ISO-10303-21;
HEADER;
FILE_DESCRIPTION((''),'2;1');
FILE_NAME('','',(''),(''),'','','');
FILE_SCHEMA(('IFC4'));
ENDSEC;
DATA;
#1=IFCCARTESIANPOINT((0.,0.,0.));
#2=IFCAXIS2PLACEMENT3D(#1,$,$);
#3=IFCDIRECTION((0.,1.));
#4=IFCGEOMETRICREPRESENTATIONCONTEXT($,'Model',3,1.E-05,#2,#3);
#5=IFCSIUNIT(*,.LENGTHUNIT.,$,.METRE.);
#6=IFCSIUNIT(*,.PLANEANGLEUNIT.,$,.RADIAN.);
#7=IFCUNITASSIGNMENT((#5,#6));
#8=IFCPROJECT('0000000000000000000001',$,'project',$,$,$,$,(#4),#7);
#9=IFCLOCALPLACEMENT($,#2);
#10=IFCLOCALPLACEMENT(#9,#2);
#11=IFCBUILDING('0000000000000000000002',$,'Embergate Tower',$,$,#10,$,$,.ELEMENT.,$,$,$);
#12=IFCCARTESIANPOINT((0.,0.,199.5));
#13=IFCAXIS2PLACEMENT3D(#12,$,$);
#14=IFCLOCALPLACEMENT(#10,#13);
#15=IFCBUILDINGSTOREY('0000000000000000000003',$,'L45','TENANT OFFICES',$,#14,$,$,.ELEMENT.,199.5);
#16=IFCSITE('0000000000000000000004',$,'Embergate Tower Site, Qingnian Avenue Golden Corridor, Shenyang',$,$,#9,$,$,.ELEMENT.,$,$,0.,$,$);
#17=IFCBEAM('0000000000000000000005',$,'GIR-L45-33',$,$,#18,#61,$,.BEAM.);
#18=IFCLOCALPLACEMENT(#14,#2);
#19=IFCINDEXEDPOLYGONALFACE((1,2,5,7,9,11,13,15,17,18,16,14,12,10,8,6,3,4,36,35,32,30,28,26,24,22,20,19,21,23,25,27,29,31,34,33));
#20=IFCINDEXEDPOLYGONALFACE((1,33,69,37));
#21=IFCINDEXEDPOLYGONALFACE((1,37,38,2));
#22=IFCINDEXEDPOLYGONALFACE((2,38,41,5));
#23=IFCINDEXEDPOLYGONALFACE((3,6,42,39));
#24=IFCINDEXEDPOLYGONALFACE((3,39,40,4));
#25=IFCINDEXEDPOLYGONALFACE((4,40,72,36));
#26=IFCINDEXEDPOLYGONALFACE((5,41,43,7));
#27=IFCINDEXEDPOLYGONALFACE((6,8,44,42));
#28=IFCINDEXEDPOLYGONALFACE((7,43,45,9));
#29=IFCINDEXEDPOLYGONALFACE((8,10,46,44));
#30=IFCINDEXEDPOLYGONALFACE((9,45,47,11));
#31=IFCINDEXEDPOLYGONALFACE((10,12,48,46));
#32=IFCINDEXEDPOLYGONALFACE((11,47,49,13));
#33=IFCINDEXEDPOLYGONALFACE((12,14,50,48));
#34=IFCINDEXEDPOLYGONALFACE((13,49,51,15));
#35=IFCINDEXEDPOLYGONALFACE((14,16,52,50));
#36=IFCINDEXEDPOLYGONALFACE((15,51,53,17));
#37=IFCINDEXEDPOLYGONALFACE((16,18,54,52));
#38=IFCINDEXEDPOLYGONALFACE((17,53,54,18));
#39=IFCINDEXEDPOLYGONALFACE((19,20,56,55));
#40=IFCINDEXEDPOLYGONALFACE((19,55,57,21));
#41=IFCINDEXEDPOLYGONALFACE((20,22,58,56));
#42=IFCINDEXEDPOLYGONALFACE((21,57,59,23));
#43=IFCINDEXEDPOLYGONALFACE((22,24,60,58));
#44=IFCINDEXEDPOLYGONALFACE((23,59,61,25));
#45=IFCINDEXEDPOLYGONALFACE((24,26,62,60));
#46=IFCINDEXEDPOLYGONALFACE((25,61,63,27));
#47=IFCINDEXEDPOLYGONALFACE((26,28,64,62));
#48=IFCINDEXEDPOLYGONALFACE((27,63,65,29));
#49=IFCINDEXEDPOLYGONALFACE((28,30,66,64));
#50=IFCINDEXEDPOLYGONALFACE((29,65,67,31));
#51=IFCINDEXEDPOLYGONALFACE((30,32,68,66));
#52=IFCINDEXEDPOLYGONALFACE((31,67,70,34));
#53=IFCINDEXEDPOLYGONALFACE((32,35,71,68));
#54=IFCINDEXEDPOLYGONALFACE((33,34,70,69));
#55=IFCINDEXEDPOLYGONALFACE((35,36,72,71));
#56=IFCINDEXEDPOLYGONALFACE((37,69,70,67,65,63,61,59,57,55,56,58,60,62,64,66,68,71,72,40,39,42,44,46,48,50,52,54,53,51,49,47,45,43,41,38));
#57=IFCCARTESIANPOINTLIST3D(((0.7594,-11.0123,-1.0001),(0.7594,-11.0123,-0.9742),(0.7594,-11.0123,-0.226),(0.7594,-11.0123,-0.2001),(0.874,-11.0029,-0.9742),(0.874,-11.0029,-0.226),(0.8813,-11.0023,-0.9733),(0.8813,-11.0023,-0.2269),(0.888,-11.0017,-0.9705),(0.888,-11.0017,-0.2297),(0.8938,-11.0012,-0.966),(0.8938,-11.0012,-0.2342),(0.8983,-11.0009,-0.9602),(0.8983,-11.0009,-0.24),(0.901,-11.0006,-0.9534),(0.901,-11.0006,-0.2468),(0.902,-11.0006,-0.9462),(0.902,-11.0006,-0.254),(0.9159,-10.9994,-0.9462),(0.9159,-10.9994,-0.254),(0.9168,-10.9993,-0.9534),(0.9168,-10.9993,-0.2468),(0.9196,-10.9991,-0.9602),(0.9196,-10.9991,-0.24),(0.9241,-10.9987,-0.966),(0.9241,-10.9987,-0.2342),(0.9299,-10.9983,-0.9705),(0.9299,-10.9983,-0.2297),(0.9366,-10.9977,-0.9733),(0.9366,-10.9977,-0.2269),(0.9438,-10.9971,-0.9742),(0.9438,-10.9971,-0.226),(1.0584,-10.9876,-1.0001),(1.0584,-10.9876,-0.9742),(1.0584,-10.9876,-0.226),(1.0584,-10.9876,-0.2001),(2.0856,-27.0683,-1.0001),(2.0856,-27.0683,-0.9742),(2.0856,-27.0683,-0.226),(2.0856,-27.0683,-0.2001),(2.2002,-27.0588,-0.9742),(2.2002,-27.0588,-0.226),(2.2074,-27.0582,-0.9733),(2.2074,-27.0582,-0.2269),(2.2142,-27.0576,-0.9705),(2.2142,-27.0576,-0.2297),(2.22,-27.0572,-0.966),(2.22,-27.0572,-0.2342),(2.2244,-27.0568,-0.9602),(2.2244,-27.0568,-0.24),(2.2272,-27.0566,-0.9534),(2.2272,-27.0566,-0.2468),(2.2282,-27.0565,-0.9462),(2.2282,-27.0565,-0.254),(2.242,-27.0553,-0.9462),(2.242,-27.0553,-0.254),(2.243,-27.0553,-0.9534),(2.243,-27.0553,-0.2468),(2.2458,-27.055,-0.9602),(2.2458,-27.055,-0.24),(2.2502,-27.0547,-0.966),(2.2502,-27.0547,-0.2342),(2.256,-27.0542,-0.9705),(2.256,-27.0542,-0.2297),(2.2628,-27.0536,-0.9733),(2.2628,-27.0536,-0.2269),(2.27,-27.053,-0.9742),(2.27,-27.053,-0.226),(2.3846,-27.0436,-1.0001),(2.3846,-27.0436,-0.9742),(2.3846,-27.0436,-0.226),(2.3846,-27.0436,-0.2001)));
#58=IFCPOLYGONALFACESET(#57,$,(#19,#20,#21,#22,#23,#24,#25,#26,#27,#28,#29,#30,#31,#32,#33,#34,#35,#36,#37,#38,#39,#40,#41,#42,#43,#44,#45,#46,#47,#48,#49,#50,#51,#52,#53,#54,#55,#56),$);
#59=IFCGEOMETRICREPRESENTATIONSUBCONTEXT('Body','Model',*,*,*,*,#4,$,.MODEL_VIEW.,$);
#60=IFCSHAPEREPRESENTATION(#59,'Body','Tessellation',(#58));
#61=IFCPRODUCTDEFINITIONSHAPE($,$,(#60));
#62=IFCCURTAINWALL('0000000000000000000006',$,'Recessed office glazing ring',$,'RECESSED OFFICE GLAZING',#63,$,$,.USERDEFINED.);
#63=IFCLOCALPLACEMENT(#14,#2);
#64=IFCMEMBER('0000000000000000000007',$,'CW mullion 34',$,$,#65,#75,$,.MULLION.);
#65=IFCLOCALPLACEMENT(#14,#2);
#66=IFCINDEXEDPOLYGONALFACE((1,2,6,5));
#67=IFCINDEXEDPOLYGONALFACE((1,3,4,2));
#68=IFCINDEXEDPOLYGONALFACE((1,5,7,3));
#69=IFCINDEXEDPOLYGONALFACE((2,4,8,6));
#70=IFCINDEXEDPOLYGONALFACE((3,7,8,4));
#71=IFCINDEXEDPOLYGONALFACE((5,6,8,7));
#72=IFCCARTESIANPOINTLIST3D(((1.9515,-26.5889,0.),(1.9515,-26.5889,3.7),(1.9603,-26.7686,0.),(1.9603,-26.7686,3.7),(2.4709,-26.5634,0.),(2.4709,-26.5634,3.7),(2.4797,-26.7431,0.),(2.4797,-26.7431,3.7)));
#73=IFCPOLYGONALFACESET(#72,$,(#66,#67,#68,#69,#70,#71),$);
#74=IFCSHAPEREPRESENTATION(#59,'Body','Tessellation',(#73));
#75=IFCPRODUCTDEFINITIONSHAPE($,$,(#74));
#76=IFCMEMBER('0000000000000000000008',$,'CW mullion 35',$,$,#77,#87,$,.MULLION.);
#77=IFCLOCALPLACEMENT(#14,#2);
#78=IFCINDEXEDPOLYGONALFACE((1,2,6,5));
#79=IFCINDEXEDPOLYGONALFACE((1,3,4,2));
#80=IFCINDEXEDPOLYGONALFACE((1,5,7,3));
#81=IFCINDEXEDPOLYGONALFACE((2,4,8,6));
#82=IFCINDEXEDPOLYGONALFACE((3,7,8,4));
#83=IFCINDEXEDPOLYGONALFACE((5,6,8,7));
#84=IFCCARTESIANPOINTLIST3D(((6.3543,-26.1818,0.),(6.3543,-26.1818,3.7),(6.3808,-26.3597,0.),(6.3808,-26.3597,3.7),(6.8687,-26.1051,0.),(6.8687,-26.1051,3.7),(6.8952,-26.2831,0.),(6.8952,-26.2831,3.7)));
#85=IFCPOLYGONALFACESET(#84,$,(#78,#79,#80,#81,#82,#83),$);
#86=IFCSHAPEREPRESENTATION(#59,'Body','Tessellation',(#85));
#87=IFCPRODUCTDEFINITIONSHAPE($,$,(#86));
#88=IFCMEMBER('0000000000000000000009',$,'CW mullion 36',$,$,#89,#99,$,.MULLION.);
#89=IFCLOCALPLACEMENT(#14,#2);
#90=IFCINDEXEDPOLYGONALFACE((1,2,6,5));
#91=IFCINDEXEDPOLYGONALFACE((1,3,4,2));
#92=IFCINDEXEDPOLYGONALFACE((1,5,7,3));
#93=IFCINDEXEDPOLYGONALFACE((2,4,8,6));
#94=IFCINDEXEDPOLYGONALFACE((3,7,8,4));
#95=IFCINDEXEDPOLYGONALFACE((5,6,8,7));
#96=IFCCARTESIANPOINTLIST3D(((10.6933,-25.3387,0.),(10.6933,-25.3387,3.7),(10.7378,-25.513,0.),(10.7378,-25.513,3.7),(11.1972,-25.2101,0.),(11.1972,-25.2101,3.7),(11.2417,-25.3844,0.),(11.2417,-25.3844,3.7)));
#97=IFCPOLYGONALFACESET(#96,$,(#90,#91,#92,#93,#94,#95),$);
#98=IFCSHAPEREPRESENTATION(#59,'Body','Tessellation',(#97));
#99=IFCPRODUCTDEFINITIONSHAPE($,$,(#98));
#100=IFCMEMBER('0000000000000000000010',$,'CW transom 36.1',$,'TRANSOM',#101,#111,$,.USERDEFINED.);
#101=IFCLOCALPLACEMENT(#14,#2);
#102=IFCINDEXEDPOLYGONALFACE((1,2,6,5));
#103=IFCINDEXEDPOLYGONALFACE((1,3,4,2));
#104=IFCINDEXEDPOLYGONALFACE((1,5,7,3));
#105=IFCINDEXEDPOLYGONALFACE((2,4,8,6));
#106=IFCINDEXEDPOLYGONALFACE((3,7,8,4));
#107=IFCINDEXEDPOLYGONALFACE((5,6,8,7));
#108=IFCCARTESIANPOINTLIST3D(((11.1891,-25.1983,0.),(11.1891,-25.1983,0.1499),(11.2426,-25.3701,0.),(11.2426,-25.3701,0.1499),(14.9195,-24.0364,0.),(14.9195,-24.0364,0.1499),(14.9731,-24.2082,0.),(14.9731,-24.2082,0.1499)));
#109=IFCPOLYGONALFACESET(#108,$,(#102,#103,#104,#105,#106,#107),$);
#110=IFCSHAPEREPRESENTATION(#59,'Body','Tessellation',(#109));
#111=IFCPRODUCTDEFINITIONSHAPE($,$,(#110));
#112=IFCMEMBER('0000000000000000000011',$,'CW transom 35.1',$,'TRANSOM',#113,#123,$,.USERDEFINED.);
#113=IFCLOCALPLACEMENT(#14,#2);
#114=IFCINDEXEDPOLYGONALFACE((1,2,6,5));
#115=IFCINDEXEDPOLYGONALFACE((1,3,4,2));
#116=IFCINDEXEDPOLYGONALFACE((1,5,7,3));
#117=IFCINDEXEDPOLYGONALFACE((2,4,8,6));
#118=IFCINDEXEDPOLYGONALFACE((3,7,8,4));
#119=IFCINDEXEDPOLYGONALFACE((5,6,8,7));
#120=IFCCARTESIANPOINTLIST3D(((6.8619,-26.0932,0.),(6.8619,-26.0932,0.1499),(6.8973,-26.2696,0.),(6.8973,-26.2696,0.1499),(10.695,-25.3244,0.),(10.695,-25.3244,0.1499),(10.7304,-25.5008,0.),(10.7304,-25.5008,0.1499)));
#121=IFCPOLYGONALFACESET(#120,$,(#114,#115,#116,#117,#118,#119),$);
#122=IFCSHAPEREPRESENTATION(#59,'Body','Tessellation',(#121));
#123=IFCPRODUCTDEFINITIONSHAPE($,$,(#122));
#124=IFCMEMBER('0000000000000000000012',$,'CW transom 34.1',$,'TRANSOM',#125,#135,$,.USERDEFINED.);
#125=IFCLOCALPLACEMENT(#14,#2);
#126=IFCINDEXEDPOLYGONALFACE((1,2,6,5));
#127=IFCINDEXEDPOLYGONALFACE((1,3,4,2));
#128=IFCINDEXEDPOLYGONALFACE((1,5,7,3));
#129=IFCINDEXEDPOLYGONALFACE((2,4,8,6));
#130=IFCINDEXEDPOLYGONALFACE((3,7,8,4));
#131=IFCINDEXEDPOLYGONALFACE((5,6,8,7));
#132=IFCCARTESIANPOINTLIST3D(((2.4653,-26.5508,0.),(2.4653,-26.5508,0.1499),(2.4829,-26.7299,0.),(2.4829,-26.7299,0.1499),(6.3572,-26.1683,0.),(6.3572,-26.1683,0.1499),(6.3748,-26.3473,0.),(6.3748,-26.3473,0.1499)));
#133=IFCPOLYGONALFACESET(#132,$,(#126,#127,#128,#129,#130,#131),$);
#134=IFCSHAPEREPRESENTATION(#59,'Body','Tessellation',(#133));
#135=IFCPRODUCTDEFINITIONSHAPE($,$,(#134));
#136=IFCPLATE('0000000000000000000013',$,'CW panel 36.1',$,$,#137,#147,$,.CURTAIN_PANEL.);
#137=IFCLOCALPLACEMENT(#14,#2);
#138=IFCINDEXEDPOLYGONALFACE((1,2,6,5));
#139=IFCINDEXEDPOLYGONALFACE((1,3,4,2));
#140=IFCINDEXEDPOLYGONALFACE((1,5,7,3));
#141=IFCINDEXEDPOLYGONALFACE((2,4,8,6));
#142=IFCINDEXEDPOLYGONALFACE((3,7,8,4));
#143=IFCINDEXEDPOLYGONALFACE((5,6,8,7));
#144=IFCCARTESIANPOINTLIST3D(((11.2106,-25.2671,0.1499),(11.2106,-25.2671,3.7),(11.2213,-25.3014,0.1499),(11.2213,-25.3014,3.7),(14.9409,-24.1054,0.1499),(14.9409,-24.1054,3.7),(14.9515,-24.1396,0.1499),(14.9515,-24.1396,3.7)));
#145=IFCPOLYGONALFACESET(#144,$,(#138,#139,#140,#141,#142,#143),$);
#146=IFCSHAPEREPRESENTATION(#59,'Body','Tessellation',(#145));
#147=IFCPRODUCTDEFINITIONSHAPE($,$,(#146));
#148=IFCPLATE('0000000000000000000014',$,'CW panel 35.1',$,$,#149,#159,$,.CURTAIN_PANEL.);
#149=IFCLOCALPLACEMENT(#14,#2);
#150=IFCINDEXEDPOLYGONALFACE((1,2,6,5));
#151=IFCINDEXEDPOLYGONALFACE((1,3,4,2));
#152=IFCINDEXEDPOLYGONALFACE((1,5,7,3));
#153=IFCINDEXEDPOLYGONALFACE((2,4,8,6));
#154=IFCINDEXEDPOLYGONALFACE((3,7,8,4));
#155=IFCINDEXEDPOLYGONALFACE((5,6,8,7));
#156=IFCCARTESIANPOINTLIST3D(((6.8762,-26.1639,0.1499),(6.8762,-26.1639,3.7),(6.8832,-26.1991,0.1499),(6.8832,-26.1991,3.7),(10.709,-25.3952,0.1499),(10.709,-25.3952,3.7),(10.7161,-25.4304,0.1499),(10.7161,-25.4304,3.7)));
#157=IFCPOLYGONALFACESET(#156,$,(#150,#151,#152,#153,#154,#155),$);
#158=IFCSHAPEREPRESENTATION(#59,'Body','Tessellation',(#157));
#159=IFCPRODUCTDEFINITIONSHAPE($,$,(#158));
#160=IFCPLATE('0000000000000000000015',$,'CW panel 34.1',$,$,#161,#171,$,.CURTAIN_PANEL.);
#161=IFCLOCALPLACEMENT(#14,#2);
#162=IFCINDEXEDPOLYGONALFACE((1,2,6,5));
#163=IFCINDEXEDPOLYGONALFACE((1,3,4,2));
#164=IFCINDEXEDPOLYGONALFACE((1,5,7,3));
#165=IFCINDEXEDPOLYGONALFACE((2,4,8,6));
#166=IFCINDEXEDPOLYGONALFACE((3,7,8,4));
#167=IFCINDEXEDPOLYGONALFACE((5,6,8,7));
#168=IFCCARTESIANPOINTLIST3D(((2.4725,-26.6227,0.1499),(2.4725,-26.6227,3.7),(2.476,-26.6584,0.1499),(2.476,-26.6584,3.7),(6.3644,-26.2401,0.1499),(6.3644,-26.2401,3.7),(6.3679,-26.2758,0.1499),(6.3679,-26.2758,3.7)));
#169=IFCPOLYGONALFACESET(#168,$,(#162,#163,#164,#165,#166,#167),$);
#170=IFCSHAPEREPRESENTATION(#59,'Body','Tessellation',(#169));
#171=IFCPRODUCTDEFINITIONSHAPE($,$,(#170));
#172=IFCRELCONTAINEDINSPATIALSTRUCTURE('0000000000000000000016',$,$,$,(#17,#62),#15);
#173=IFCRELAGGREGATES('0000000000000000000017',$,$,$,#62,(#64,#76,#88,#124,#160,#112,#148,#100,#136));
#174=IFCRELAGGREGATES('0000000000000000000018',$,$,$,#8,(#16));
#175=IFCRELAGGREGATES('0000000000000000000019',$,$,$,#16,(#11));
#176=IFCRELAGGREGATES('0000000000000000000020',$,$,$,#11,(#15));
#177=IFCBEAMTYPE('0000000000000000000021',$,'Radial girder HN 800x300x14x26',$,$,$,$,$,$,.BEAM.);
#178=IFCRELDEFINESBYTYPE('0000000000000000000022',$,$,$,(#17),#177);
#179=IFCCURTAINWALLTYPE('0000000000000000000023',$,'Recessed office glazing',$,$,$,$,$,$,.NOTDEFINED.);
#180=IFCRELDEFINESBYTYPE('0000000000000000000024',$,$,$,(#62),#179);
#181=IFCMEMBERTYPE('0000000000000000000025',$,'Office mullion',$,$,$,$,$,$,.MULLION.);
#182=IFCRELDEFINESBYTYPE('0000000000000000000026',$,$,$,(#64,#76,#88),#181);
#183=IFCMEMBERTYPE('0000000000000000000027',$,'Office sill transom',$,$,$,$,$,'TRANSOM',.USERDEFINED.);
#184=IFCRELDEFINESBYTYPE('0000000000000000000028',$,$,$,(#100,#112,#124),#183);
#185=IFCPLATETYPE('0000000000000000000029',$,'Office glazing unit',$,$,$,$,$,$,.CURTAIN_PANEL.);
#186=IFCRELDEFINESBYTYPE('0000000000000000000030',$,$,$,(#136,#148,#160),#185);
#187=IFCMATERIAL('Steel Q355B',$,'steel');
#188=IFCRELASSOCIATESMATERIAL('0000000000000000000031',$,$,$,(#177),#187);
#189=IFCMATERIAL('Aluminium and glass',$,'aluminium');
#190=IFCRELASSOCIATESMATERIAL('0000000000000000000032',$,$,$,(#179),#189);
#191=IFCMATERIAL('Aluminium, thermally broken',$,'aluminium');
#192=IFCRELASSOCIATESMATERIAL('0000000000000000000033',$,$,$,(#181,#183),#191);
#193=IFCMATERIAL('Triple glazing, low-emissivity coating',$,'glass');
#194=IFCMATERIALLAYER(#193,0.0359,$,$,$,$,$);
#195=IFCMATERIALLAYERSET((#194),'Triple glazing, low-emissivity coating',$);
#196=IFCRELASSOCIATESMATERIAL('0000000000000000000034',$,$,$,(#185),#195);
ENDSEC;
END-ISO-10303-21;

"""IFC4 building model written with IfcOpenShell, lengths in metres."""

from ifc_helpers import new_model, si_unit, direction, frame, origin, origin_2d, place, context, subcontext, project, spatial, rectangle, i_section, extrude, source, transform, mapped, material, layer, layer_set, material_profile, profile_set, type_object, element, aggregate, save


model = new_model("IFC4")

# Units and contexts
model_context = context("Model", 3, precision=1e-05, world=origin(), true_north=direction((0.0, 1.0)))
body_context = subcontext(model_context, "Body", "Model", "MODEL_VIEW")
ifc_project = project(units=[si_unit("LENGTHUNIT", "METRE"), si_unit("PLANEANGLEUNIT", "RADIAN")], contexts=[model_context])

# Site, building, storey
site_placement = place(None, origin())
site = spatial("IfcSite", under=ifc_project, at=site_placement, Name="Embergate Tower Site, Qingnian Avenue Golden Corridor, Shenyang", CompositionType="ELEMENT", RefElevation=0.0)
building_placement = place(site_placement, origin())
building = spatial("IfcBuilding", under=site, at=building_placement, Name="Embergate Tower", CompositionType="ELEMENT")
storey_placement = place(building_placement, frame((0.0, 0.0, 199.5)))
storey = spatial("IfcBuildingStorey", under=building, at=storey_placement, Name="L45", Description="TENANT OFFICES", CompositionType="ELEMENT", Elevation=199.5)

# Beam
ifc_material_1 = material(Name="Steel Q355B", Category="steel")
ifc_material_profile_1 = material_profile(ifc_material_1, i_section(OverallWidth=0.3, OverallDepth=0.8, WebThickness=0.0139, FlangeThickness=0.0259, FilletRadius=0.0281, at=origin_2d()), Name="HN 800x300x14x26")
ifc_profile_set_1 = profile_set([ifc_material_profile_1], Name="Steel Q355 grade B")
beam_type_1 = type_object("IfcBeamType", Name="Radial girder HN 800x300x14x26", PredefinedType="BEAM", material=ifc_profile_set_1)
shared_shape_1 = source(origin(), body_context, "Body", "SweptSolid", [
    extrude(i_section(OverallWidth=0.3, OverallDepth=0.8, WebThickness=0.0139, FlangeThickness=0.0259, FilletRadius=0.0281, at=origin_2d()), origin(), (0.0, 0.0, 1.0), 16.1106),
])
beam_1_placement = place(storey_placement, frame((2.2351, -27.0559, -0.6001), z_axis=(-0.082317, 0.996606, 0.0), x_axis=(-0.996606, -0.082317, 0.0)))
element("IfcBeam", 1, at=beam_1_placement, inside=storey, type_object=beam_type_1, Name="GIR-L45-33", PredefinedType="BEAM", context=body_context, shape_type="MappedRepresentation", body=[
    mapped(shared_shape_1, transform((0.0, 0.0, 0.0))),
])

# Curtain wall, members, plates
ifc_material_2 = material(Name="Aluminium and glass", Category="aluminium")
curtain_wall_type = type_object("IfcCurtainWallType", Name="Recessed office glazing", PredefinedType="NOTDEFINED", material=ifc_material_2)
curtain_wall_placement = place(storey_placement, origin())
curtain_wall = element("IfcCurtainWall", 2, at=curtain_wall_placement, inside=storey, type_object=curtain_wall_type, Name="Recessed office glazing ring", ObjectType="RECESSED OFFICE GLAZING", PredefinedType="USERDEFINED")
ifc_material_3 = material(Name="Aluminium, thermally broken", Category="aluminium")
ifc_material_profile_2 = material_profile(ifc_material_3, rectangle(XDim=0.1799, YDim=0.52, at=origin_2d()), Name="AL 520x180")
ifc_profile_set_2 = profile_set([ifc_material_profile_2], Name="Aluminium, thermally broken")
member_type_1 = type_object("IfcMemberType", Name="Office mullion", PredefinedType="MULLION", material=ifc_profile_set_2)
shared_shape_2 = source(origin(), body_context, "Body", "SweptSolid", [
    extrude(rectangle(XDim=0.1799, YDim=0.52, at=origin_2d()), origin(), (0.0, 0.0, 1.0), 3.7),
])
member_1_placement = place(storey_placement, frame((2.2156, -26.666, 0.0), z_axis=(0.0, 0.0, 1.0), x_axis=(-0.048972, 0.9988, 0.0)))
member_1 = element("IfcMember", 3, at=member_1_placement, type_object=member_type_1, Name="CW mullion 34", PredefinedType="MULLION", context=body_context, shape_type="MappedRepresentation", body=[
    mapped(shared_shape_2, transform((0.0, 0.0, 0.0))),
])
member_2_placement = place(storey_placement, frame((6.6248, -26.2324, 0.0), z_axis=(0.0, 0.0, 1.0), x_axis=(-0.147416, 0.989075, 0.0)))
member_2 = element("IfcMember", 4, at=member_2_placement, type_object=member_type_1, Name="CW mullion 35", PredefinedType="MULLION", context=body_context, shape_type="MappedRepresentation", body=[
    mapped(shared_shape_2, transform((0.0, 0.0, 0.0))),
])
member_3_placement = place(storey_placement, frame((10.9675, -25.3616, 0.0), z_axis=(0.0, 0.0, 1.0), x_axis=(-0.247319, 0.968934, 0.0)))
member_3 = element("IfcMember", 5, at=member_3_placement, type_object=member_type_1, Name="CW mullion 36", PredefinedType="MULLION", context=body_context, shape_type="MappedRepresentation", body=[
    mapped(shared_shape_2, transform((0.0, 0.0, 0.0))),
])
ifc_material_profile_3 = material_profile(ifc_material_3, rectangle(XDim=0.1799, YDim=0.1499, at=origin_2d()), Name="AL 150x180")
ifc_profile_set_3 = profile_set([ifc_material_profile_3], Name="Aluminium, thermally broken")
member_type_2 = type_object("IfcMemberType", Name="Office sill transom", ElementType="TRANSOM", PredefinedType="USERDEFINED", material=ifc_profile_set_3)
shared_shape_3 = source(origin(), body_context, "Body", "SweptSolid", [
    extrude(rectangle(XDim=0.1799, YDim=0.1499, at=origin_2d()), origin(), (0.0, 0.0, 1.0), 3.9072),
])
member_4_placement = place(storey_placement, frame((11.2158, -25.2842, 0.075), z_axis=(0.954764, 0.297364, 0.0), x_axis=(-0.297364, 0.954764, 0.0)))
member_4 = element("IfcMember", 6, at=member_4_placement, type_object=member_type_2, Name="CW transom 36.1", ObjectType="TRANSOM", PredefinedType="USERDEFINED", context=body_context, shape_type="MappedRepresentation", body=[
    mapped(shared_shape_3, transform((0.0, 0.0, 0.0))),
])
shared_shape_4 = source(origin(), body_context, "Body", "SweptSolid", [
    extrude(rectangle(XDim=0.1799, YDim=0.1499, at=origin_2d()), origin(), (0.0, 0.0, 1.0), 3.9094),
])
member_5_placement = place(storey_placement, frame((6.8796, -26.1814, 0.075), z_axis=(0.980472, 0.196657, 0.0), x_axis=(-0.196657, 0.980472, 0.0)))
member_5 = element("IfcMember", 7, at=member_5_placement, type_object=member_type_2, Name="CW transom 35.1", ObjectType="TRANSOM", PredefinedType="USERDEFINED", context=body_context, shape_type="MappedRepresentation", body=[
    mapped(shared_shape_4, transform((0.0, 0.0, 0.0))),
])
shared_shape_5 = source(origin(), body_context, "Body", "SweptSolid", [
    extrude(rectangle(XDim=0.1799, YDim=0.1499, at=origin_2d()), origin(), (0.0, 0.0, 1.0), 3.9106),
])
member_6_placement = place(storey_placement, frame((2.4741, -26.6404, 0.075), z_axis=(0.995203, 0.097828, 0.0), x_axis=(-0.097828, 0.995203, 0.0)))
member_6 = element("IfcMember", 8, at=member_6_placement, type_object=member_type_2, Name="CW transom 34.1", ObjectType="TRANSOM", PredefinedType="USERDEFINED", context=body_context, shape_type="MappedRepresentation", body=[
    mapped(shared_shape_5, transform((0.0, 0.0, 0.0))),
])
ifc_material_4 = material(Name="Triple glazing, low-emissivity coating", Category="glass")
ifc_layer_1 = layer(ifc_material_4, 0.0359)
ifc_layer_set_1 = layer_set([ifc_layer_1], Name="Triple glazing, low-emissivity coating")
plate_type = type_object("IfcPlateType", Name="Office glazing unit", PredefinedType="CURTAIN_PANEL", material=ifc_layer_set_1)
shared_shape_6 = source(origin(), body_context, "Body", "SweptSolid", [
    extrude(rectangle(XDim=3.907, YDim=0.0359, at=origin_2d()), origin(), (0.0, 0.0, 1.0), 3.55),
])
plate_1_placement = place(storey_placement, frame((13.0811, -24.7034, 0.1499), z_axis=(0.0, 0.0, 1.0), x_axis=(0.95477, 0.297347, 0.0)))
plate_1 = element("IfcPlate", 9, at=plate_1_placement, type_object=plate_type, Name="CW panel 36.1", PredefinedType="CURTAIN_PANEL", context=body_context, shape_type="MappedRepresentation", body=[
    mapped(shared_shape_6, transform((0.0, 0.0, 0.0))),
])
shared_shape_7 = source(origin(), body_context, "Body", "SweptSolid", [
    extrude(rectangle(XDim=3.9092, YDim=0.0359, at=origin_2d()), origin(), (0.0, 0.0, 1.0), 3.55),
])
plate_2_placement = place(storey_placement, frame((8.7961, -25.7971, 0.1499), z_axis=(0.0, 0.0, 1.0), x_axis=(0.980475, 0.196646, 0.0)))
plate_2 = element("IfcPlate", 10, at=plate_2_placement, type_object=plate_type, Name="CW panel 35.1", PredefinedType="CURTAIN_PANEL", context=body_context, shape_type="MappedRepresentation", body=[
    mapped(shared_shape_7, transform((0.0, 0.0, 0.0))),
])
shared_shape_8 = source(origin(), body_context, "Body", "SweptSolid", [
    extrude(rectangle(XDim=3.9106, YDim=0.0359, at=origin_2d()), origin(), (0.0, 0.0, 1.0), 3.55),
])
plate_3_placement = place(storey_placement, frame((4.4202, -26.4492, 0.1499), z_axis=(0.0, 0.0, 1.0), x_axis=(0.995203, 0.097833, 0.0)))
plate_3 = element("IfcPlate", 11, at=plate_3_placement, type_object=plate_type, Name="CW panel 34.1", PredefinedType="CURTAIN_PANEL", context=body_context, shape_type="MappedRepresentation", body=[
    mapped(shared_shape_8, transform((0.0, 0.0, 0.0))),
])
aggregate(curtain_wall, [member_1, member_2, member_3, member_6, plate_3, member_5, plate_2, member_4, plate_1])

save(model, "model.ifc")
